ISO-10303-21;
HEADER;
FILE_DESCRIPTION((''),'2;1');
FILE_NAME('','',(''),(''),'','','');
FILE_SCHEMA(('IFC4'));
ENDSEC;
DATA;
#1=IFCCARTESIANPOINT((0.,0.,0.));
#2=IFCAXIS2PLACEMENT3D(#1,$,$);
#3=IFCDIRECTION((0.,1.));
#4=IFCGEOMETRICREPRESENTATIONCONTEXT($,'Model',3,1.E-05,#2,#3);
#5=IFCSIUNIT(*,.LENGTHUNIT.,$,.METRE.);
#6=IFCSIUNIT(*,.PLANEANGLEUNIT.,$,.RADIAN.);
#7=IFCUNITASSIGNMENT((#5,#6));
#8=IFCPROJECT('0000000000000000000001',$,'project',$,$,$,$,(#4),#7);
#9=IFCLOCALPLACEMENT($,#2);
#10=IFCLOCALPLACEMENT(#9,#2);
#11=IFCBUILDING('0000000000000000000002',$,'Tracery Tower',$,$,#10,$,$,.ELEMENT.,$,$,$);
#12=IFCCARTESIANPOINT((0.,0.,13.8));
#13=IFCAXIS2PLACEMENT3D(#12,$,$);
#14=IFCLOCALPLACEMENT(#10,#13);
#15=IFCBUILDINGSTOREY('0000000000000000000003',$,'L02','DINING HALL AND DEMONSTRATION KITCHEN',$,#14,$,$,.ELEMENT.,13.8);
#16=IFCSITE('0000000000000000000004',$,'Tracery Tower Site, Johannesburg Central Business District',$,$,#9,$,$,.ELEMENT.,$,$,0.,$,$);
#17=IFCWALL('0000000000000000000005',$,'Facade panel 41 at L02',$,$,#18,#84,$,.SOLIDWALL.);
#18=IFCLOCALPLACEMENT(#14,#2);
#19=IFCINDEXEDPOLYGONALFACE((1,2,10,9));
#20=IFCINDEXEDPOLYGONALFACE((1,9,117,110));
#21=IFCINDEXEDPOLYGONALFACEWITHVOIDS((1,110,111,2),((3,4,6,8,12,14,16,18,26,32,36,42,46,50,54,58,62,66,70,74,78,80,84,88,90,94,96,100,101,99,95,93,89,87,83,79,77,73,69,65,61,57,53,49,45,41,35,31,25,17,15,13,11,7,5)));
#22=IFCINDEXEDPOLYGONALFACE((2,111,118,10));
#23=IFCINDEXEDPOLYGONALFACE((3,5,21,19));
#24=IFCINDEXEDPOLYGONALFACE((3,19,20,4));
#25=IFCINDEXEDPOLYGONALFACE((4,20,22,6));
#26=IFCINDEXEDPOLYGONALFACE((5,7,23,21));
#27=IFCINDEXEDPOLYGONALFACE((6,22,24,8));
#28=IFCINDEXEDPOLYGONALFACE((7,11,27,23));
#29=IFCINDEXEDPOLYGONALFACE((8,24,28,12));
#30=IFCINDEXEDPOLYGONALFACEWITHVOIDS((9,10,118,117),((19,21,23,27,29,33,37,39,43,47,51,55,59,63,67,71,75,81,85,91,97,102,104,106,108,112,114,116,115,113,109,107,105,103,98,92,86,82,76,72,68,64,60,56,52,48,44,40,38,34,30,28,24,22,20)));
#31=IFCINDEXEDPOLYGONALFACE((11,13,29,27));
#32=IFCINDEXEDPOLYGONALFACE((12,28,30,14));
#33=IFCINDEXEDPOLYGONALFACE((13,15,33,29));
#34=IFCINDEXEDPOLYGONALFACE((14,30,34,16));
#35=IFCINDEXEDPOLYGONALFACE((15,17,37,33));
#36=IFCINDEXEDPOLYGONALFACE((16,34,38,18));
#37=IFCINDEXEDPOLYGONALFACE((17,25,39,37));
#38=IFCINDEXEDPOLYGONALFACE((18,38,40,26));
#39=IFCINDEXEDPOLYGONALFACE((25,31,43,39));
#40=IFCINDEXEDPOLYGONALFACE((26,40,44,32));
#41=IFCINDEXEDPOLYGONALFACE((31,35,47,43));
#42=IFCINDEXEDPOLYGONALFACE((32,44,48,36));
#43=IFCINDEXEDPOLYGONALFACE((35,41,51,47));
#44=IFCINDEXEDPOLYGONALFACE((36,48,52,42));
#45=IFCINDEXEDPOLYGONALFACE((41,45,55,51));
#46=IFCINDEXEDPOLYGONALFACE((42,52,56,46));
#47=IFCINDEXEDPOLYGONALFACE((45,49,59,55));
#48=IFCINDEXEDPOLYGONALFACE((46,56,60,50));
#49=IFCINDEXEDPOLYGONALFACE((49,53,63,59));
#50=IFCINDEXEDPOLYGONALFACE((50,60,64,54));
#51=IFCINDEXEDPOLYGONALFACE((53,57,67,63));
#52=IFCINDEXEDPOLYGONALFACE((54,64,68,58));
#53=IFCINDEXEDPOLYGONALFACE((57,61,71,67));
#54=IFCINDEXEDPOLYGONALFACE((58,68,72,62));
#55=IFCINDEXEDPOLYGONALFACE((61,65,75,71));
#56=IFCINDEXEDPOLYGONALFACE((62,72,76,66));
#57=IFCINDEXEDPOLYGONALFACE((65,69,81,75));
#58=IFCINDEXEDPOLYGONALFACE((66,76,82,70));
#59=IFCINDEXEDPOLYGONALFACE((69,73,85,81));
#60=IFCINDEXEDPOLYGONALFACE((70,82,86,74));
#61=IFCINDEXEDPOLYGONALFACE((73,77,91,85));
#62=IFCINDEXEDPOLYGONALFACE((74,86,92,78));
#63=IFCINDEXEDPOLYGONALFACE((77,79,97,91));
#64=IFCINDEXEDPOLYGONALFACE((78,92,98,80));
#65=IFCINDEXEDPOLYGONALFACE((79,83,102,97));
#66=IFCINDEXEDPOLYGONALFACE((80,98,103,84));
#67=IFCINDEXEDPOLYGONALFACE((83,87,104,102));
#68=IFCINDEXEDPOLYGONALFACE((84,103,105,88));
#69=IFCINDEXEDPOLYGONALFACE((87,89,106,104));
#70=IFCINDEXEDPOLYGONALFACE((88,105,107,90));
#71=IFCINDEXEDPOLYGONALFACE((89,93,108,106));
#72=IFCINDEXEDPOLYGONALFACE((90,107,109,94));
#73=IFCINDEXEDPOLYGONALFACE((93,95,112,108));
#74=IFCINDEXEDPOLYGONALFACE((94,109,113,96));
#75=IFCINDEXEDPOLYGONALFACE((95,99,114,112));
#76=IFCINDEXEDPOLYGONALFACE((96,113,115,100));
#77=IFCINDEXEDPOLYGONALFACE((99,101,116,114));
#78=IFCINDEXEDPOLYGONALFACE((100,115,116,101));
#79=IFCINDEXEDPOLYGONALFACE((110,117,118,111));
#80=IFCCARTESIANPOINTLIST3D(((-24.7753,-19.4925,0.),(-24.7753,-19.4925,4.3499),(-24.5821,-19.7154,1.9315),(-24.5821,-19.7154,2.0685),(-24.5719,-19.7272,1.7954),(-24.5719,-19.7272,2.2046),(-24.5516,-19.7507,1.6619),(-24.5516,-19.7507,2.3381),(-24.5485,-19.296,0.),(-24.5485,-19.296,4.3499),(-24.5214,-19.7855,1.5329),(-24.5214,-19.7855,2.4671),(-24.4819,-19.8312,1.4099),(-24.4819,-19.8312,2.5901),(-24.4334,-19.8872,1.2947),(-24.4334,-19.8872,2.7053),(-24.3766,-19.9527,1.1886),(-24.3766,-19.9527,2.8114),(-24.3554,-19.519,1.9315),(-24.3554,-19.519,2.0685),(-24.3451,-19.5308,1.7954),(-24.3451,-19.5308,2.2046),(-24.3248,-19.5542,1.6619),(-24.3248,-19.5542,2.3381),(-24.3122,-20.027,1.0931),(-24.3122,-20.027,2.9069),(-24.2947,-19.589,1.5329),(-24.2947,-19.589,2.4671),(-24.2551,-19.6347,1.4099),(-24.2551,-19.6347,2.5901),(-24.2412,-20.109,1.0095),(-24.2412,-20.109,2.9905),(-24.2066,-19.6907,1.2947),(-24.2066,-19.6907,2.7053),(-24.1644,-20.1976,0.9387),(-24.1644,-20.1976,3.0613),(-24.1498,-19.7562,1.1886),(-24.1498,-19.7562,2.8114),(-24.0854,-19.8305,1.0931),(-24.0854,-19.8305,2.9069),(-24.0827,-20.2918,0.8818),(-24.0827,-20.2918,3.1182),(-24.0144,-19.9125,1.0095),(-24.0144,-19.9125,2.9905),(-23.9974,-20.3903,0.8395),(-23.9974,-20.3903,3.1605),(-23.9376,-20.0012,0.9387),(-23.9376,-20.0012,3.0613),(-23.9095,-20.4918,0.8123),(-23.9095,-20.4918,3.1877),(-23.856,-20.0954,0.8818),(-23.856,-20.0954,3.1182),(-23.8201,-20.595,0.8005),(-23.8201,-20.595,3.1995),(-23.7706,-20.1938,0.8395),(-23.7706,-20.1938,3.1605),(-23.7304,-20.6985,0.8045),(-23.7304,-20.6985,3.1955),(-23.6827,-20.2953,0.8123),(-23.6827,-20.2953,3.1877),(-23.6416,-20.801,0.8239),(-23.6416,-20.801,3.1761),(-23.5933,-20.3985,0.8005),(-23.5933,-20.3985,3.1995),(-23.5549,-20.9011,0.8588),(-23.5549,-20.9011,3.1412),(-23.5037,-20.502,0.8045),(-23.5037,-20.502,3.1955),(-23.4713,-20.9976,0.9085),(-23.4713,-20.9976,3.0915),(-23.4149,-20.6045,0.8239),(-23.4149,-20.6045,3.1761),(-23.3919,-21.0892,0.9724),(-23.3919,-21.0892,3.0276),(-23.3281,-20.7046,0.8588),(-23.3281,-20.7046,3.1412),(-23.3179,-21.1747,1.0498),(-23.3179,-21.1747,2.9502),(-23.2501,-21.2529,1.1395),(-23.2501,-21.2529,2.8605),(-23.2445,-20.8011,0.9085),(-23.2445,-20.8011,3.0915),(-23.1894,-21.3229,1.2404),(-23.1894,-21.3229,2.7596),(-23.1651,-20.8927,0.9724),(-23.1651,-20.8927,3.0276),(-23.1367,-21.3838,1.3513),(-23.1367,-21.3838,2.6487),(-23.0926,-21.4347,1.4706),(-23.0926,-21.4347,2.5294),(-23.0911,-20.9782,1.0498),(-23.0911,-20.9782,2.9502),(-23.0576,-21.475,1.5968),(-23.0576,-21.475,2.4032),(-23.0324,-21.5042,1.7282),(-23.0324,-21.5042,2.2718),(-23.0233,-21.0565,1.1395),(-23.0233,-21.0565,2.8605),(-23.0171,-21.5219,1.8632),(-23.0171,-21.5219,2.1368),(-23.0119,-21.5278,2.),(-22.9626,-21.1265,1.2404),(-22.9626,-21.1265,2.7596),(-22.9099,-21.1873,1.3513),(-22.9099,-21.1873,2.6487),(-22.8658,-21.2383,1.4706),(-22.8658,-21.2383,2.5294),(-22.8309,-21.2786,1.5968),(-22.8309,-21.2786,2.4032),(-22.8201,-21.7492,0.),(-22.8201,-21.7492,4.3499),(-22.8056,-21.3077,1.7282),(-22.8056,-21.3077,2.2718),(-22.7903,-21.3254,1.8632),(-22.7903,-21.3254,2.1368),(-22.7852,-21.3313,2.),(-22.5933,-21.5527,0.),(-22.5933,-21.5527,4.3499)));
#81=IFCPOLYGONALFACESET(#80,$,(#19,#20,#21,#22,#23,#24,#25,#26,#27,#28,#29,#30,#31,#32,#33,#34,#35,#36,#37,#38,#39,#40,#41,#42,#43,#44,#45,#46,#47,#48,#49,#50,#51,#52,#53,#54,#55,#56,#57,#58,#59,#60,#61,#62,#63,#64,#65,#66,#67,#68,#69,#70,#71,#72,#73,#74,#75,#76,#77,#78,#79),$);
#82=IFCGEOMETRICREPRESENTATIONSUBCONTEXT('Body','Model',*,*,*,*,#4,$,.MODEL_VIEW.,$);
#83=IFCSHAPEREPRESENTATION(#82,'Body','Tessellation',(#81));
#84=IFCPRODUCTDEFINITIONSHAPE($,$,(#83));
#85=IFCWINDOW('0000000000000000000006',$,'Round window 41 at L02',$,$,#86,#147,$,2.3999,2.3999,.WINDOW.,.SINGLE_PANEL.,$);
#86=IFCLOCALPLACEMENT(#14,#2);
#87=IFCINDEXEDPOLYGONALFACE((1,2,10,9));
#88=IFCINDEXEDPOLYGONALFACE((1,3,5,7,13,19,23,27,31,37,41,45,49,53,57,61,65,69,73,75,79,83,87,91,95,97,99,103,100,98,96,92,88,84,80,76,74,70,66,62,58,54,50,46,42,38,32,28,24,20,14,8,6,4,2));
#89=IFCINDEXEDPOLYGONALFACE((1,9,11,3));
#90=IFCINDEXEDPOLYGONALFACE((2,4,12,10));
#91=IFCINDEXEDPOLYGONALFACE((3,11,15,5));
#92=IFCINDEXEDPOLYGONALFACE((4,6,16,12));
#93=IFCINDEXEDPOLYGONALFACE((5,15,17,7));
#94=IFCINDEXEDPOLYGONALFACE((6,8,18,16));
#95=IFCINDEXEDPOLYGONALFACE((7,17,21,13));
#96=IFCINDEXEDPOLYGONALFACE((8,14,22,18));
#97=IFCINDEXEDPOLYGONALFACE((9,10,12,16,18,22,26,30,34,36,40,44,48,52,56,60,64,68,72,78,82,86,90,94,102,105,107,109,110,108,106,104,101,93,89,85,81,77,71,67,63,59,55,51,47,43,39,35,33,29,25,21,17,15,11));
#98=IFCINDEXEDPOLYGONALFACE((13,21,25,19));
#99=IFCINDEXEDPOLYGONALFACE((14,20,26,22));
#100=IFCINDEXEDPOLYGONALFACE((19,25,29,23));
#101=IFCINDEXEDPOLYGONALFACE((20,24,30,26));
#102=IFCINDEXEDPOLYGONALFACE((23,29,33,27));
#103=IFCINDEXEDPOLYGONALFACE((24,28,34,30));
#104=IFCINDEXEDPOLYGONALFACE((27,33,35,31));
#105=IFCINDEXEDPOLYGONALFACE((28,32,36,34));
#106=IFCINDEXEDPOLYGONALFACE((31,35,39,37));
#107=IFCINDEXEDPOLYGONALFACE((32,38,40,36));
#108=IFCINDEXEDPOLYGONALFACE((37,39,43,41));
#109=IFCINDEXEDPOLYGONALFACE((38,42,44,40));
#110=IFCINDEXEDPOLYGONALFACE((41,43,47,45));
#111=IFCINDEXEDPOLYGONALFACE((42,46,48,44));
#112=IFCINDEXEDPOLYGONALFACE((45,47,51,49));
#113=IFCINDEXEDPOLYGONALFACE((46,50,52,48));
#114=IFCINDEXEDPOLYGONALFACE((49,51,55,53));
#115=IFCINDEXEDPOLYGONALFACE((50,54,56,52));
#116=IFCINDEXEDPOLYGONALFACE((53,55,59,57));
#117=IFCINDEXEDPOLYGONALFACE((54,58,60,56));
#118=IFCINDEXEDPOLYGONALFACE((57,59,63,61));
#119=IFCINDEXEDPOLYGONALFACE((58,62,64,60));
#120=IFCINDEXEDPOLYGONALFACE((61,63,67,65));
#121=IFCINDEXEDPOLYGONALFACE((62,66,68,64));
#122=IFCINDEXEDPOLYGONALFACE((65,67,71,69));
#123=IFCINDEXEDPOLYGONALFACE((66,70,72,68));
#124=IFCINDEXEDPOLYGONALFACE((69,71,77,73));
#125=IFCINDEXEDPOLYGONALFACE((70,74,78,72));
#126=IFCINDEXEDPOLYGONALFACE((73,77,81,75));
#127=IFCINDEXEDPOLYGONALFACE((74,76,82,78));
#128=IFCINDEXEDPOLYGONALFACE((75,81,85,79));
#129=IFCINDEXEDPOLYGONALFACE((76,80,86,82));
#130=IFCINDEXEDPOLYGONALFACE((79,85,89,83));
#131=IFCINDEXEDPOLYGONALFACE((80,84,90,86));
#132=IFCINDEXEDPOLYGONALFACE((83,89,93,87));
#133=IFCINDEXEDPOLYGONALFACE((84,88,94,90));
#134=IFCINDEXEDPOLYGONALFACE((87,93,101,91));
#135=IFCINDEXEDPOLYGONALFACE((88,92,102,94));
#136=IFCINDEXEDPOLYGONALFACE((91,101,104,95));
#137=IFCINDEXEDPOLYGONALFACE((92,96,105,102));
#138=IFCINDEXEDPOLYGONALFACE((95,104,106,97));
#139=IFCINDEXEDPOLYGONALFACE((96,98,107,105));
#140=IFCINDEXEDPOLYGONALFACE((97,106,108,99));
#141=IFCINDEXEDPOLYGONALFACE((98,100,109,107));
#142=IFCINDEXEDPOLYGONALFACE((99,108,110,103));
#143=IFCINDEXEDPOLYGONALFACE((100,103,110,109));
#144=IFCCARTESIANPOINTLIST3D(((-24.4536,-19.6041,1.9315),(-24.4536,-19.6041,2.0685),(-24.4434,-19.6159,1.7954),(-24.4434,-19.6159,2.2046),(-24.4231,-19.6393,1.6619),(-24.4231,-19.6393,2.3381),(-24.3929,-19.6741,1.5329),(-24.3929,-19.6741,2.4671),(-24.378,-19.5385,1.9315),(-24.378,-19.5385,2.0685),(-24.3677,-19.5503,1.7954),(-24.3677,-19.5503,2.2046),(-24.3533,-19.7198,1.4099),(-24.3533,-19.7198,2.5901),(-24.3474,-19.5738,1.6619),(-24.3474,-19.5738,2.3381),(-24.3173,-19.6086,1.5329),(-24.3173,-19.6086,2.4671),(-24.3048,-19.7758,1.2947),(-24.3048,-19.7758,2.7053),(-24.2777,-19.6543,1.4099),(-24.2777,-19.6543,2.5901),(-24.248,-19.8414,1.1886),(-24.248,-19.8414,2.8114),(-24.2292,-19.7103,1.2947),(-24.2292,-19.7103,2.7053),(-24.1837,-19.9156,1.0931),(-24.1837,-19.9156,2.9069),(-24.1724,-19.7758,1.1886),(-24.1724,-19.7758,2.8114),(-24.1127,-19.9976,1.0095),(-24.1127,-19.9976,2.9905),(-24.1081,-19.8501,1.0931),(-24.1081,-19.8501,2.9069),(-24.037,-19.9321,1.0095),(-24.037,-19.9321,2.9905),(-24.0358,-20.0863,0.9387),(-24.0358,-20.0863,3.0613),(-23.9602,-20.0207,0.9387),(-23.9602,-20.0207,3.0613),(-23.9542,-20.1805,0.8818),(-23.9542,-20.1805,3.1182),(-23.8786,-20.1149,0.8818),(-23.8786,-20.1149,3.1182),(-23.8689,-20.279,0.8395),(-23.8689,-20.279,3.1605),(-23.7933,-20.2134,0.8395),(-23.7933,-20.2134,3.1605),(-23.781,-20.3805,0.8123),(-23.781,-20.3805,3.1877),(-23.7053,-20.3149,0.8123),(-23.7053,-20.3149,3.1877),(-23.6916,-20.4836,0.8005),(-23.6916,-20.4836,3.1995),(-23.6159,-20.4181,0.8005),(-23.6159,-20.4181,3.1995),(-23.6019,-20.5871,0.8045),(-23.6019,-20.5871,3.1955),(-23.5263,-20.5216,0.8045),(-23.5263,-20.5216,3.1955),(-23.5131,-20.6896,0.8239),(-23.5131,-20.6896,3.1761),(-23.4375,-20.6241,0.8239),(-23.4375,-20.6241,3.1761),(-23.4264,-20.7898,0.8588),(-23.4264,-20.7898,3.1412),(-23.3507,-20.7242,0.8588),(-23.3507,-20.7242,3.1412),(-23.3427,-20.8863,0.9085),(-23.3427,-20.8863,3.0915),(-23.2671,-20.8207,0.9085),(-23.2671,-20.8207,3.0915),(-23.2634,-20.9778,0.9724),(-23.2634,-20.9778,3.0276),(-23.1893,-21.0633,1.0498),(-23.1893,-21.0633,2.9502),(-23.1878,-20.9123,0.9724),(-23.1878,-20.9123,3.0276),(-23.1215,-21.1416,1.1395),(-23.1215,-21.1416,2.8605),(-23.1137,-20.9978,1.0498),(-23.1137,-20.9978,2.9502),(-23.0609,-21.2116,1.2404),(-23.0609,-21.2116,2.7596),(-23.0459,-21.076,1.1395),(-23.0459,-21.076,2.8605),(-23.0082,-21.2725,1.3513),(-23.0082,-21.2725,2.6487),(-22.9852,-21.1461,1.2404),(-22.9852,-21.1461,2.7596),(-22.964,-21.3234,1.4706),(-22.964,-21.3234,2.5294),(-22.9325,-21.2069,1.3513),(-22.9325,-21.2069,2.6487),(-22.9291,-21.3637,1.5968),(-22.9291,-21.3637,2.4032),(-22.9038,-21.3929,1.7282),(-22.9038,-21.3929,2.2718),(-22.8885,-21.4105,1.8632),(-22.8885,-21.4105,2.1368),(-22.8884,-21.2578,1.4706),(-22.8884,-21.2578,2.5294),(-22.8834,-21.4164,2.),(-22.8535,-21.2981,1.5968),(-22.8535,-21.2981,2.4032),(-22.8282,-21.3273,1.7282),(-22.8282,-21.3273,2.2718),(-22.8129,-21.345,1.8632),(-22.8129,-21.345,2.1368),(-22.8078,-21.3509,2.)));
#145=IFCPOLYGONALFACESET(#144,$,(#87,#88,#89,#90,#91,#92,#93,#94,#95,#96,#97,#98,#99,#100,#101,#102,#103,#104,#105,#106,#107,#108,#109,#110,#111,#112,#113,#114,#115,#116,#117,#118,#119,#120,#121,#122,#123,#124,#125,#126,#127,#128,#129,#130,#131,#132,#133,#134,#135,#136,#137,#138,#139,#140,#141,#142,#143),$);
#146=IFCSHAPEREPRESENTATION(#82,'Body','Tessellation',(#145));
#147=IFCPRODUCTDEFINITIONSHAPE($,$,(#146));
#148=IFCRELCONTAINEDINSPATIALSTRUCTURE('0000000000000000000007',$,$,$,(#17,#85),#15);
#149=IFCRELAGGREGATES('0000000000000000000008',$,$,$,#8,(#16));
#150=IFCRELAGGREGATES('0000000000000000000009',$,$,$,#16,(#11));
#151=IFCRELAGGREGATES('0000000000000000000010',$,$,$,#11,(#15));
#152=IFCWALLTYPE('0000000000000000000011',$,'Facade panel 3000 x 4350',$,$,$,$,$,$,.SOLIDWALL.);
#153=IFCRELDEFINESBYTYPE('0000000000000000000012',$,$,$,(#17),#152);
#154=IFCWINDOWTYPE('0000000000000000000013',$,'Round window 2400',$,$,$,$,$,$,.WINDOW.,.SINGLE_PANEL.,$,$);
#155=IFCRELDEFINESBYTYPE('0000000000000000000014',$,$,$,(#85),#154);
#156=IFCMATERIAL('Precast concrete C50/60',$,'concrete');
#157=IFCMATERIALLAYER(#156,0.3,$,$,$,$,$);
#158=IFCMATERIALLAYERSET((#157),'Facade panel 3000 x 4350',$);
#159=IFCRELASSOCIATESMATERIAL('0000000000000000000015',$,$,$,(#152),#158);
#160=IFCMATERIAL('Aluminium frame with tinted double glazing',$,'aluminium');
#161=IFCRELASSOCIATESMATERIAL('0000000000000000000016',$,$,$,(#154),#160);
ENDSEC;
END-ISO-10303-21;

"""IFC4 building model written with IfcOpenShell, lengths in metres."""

from ifc_helpers import new_model, si_unit, direction, frame, frame_2d, origin, origin_2d, place, context, subcontext, project, spatial, rectangle, circle, extrude, material, layer, layer_set, type_object, element, fill, save


model = new_model("IFC4")

# Units and contexts
model_context = context("Model", 3, precision=1e-05, world=origin(), true_north=direction((0.0, 1.0)))
body_context = subcontext(model_context, "Body", "Model", "MODEL_VIEW")
ifc_project = project(units=[si_unit("LENGTHUNIT", "METRE"), si_unit("PLANEANGLEUNIT", "RADIAN")], contexts=[model_context])

# Site, building, storey
site_placement = place(None, origin())
site = spatial("IfcSite", under=ifc_project, at=site_placement, Name="Tracery Tower Site, Johannesburg Central Business District", CompositionType="ELEMENT", RefElevation=0.0)
building_placement = place(site_placement, origin())
building = spatial("IfcBuilding", under=site, at=building_placement, Name="Tracery Tower", CompositionType="ELEMENT")
storey_placement = place(building_placement, frame((0.0, 0.0, 13.8)))
storey = spatial("IfcBuildingStorey", under=building, at=storey_placement, Name="L02", Description="DINING HALL AND DEMONSTRATION KITCHEN", CompositionType="ELEMENT", Elevation=13.8)

# Wall, opening, window
ifc_material_1 = material(Name="Precast concrete C50/60", Category="concrete")
ifc_layer_1 = layer(ifc_material_1, 0.3)
ifc_layer_set_1 = layer_set([ifc_layer_1], Name="Facade panel 3000 x 4350")
wall_type_1 = type_object("IfcWallType", Name="Facade panel 3000 x 4350", PredefinedType="SOLIDWALL", material=ifc_layer_set_1)
ifc_material_2 = material(Name="Aluminium frame with tinted double glazing", Category="aluminium")
window_type = type_object("IfcWindowType", Name="Round window 2400", PartitioningType="SINGLE_PANEL", PredefinedType="WINDOW", material=ifc_material_2)
wall_1_placement = place(storey_placement, frame((-24.6619, -19.3943, 0.0), z_axis=(0.0, 0.0, 1.0), x_axis=(0.654809, -0.755794, 0.0)))
wall_1 = element("IfcWall", 1, at=wall_1_placement, inside=storey, type_object=wall_type_1, Name="Facade panel 41 at L02", PredefinedType="SOLIDWALL", context=body_context, shape_type="SweptSolid", body=[
    extrude(rectangle(XDim=2.9858, YDim=0.3, at=frame_2d((1.4929, 0.0))), origin(), (0.0, 0.0, 1.0), 4.3499),
])
opening_1_placement = place(wall_1_placement, frame((1.4929, 0.0, 2.0)))
opening_1 = element("IfcOpeningElement", 2, at=opening_1_placement, cuts=wall_1, PredefinedType="OPENING", context=body_context, shape_type="SweptSolid", body=[
    extrude(circle(Radius=1.2, at=origin_2d()), frame((0.0, 0.1599, 0.0), z_axis=(0.0, -1.0, 0.0), x_axis=(1.0, 0.0, 0.0)), (0.0, 0.0, 1.0), 0.3201),
])
window_1_placement = place(opening_1_placement, origin())
window_1 = element("IfcWindow", 3, at=window_1_placement, inside=storey, type_object=window_type, Name="Round window 41 at L02", OverallHeight=2.3999, OverallWidth=2.3999, PartitioningType="SINGLE_PANEL", PredefinedType="WINDOW", context=body_context, shape_type="SweptSolid", body=[
    extrude(circle(Radius=1.2, at=origin_2d()), frame((0.0, 0.1201, 0.0), z_axis=(0.0, -1.0, 0.0), x_axis=(1.0, 0.0, 0.0)), (0.0, 0.0, 1.0), 0.1001),
])
fill(opening_1, window_1)

save(model, "model.ifc")
